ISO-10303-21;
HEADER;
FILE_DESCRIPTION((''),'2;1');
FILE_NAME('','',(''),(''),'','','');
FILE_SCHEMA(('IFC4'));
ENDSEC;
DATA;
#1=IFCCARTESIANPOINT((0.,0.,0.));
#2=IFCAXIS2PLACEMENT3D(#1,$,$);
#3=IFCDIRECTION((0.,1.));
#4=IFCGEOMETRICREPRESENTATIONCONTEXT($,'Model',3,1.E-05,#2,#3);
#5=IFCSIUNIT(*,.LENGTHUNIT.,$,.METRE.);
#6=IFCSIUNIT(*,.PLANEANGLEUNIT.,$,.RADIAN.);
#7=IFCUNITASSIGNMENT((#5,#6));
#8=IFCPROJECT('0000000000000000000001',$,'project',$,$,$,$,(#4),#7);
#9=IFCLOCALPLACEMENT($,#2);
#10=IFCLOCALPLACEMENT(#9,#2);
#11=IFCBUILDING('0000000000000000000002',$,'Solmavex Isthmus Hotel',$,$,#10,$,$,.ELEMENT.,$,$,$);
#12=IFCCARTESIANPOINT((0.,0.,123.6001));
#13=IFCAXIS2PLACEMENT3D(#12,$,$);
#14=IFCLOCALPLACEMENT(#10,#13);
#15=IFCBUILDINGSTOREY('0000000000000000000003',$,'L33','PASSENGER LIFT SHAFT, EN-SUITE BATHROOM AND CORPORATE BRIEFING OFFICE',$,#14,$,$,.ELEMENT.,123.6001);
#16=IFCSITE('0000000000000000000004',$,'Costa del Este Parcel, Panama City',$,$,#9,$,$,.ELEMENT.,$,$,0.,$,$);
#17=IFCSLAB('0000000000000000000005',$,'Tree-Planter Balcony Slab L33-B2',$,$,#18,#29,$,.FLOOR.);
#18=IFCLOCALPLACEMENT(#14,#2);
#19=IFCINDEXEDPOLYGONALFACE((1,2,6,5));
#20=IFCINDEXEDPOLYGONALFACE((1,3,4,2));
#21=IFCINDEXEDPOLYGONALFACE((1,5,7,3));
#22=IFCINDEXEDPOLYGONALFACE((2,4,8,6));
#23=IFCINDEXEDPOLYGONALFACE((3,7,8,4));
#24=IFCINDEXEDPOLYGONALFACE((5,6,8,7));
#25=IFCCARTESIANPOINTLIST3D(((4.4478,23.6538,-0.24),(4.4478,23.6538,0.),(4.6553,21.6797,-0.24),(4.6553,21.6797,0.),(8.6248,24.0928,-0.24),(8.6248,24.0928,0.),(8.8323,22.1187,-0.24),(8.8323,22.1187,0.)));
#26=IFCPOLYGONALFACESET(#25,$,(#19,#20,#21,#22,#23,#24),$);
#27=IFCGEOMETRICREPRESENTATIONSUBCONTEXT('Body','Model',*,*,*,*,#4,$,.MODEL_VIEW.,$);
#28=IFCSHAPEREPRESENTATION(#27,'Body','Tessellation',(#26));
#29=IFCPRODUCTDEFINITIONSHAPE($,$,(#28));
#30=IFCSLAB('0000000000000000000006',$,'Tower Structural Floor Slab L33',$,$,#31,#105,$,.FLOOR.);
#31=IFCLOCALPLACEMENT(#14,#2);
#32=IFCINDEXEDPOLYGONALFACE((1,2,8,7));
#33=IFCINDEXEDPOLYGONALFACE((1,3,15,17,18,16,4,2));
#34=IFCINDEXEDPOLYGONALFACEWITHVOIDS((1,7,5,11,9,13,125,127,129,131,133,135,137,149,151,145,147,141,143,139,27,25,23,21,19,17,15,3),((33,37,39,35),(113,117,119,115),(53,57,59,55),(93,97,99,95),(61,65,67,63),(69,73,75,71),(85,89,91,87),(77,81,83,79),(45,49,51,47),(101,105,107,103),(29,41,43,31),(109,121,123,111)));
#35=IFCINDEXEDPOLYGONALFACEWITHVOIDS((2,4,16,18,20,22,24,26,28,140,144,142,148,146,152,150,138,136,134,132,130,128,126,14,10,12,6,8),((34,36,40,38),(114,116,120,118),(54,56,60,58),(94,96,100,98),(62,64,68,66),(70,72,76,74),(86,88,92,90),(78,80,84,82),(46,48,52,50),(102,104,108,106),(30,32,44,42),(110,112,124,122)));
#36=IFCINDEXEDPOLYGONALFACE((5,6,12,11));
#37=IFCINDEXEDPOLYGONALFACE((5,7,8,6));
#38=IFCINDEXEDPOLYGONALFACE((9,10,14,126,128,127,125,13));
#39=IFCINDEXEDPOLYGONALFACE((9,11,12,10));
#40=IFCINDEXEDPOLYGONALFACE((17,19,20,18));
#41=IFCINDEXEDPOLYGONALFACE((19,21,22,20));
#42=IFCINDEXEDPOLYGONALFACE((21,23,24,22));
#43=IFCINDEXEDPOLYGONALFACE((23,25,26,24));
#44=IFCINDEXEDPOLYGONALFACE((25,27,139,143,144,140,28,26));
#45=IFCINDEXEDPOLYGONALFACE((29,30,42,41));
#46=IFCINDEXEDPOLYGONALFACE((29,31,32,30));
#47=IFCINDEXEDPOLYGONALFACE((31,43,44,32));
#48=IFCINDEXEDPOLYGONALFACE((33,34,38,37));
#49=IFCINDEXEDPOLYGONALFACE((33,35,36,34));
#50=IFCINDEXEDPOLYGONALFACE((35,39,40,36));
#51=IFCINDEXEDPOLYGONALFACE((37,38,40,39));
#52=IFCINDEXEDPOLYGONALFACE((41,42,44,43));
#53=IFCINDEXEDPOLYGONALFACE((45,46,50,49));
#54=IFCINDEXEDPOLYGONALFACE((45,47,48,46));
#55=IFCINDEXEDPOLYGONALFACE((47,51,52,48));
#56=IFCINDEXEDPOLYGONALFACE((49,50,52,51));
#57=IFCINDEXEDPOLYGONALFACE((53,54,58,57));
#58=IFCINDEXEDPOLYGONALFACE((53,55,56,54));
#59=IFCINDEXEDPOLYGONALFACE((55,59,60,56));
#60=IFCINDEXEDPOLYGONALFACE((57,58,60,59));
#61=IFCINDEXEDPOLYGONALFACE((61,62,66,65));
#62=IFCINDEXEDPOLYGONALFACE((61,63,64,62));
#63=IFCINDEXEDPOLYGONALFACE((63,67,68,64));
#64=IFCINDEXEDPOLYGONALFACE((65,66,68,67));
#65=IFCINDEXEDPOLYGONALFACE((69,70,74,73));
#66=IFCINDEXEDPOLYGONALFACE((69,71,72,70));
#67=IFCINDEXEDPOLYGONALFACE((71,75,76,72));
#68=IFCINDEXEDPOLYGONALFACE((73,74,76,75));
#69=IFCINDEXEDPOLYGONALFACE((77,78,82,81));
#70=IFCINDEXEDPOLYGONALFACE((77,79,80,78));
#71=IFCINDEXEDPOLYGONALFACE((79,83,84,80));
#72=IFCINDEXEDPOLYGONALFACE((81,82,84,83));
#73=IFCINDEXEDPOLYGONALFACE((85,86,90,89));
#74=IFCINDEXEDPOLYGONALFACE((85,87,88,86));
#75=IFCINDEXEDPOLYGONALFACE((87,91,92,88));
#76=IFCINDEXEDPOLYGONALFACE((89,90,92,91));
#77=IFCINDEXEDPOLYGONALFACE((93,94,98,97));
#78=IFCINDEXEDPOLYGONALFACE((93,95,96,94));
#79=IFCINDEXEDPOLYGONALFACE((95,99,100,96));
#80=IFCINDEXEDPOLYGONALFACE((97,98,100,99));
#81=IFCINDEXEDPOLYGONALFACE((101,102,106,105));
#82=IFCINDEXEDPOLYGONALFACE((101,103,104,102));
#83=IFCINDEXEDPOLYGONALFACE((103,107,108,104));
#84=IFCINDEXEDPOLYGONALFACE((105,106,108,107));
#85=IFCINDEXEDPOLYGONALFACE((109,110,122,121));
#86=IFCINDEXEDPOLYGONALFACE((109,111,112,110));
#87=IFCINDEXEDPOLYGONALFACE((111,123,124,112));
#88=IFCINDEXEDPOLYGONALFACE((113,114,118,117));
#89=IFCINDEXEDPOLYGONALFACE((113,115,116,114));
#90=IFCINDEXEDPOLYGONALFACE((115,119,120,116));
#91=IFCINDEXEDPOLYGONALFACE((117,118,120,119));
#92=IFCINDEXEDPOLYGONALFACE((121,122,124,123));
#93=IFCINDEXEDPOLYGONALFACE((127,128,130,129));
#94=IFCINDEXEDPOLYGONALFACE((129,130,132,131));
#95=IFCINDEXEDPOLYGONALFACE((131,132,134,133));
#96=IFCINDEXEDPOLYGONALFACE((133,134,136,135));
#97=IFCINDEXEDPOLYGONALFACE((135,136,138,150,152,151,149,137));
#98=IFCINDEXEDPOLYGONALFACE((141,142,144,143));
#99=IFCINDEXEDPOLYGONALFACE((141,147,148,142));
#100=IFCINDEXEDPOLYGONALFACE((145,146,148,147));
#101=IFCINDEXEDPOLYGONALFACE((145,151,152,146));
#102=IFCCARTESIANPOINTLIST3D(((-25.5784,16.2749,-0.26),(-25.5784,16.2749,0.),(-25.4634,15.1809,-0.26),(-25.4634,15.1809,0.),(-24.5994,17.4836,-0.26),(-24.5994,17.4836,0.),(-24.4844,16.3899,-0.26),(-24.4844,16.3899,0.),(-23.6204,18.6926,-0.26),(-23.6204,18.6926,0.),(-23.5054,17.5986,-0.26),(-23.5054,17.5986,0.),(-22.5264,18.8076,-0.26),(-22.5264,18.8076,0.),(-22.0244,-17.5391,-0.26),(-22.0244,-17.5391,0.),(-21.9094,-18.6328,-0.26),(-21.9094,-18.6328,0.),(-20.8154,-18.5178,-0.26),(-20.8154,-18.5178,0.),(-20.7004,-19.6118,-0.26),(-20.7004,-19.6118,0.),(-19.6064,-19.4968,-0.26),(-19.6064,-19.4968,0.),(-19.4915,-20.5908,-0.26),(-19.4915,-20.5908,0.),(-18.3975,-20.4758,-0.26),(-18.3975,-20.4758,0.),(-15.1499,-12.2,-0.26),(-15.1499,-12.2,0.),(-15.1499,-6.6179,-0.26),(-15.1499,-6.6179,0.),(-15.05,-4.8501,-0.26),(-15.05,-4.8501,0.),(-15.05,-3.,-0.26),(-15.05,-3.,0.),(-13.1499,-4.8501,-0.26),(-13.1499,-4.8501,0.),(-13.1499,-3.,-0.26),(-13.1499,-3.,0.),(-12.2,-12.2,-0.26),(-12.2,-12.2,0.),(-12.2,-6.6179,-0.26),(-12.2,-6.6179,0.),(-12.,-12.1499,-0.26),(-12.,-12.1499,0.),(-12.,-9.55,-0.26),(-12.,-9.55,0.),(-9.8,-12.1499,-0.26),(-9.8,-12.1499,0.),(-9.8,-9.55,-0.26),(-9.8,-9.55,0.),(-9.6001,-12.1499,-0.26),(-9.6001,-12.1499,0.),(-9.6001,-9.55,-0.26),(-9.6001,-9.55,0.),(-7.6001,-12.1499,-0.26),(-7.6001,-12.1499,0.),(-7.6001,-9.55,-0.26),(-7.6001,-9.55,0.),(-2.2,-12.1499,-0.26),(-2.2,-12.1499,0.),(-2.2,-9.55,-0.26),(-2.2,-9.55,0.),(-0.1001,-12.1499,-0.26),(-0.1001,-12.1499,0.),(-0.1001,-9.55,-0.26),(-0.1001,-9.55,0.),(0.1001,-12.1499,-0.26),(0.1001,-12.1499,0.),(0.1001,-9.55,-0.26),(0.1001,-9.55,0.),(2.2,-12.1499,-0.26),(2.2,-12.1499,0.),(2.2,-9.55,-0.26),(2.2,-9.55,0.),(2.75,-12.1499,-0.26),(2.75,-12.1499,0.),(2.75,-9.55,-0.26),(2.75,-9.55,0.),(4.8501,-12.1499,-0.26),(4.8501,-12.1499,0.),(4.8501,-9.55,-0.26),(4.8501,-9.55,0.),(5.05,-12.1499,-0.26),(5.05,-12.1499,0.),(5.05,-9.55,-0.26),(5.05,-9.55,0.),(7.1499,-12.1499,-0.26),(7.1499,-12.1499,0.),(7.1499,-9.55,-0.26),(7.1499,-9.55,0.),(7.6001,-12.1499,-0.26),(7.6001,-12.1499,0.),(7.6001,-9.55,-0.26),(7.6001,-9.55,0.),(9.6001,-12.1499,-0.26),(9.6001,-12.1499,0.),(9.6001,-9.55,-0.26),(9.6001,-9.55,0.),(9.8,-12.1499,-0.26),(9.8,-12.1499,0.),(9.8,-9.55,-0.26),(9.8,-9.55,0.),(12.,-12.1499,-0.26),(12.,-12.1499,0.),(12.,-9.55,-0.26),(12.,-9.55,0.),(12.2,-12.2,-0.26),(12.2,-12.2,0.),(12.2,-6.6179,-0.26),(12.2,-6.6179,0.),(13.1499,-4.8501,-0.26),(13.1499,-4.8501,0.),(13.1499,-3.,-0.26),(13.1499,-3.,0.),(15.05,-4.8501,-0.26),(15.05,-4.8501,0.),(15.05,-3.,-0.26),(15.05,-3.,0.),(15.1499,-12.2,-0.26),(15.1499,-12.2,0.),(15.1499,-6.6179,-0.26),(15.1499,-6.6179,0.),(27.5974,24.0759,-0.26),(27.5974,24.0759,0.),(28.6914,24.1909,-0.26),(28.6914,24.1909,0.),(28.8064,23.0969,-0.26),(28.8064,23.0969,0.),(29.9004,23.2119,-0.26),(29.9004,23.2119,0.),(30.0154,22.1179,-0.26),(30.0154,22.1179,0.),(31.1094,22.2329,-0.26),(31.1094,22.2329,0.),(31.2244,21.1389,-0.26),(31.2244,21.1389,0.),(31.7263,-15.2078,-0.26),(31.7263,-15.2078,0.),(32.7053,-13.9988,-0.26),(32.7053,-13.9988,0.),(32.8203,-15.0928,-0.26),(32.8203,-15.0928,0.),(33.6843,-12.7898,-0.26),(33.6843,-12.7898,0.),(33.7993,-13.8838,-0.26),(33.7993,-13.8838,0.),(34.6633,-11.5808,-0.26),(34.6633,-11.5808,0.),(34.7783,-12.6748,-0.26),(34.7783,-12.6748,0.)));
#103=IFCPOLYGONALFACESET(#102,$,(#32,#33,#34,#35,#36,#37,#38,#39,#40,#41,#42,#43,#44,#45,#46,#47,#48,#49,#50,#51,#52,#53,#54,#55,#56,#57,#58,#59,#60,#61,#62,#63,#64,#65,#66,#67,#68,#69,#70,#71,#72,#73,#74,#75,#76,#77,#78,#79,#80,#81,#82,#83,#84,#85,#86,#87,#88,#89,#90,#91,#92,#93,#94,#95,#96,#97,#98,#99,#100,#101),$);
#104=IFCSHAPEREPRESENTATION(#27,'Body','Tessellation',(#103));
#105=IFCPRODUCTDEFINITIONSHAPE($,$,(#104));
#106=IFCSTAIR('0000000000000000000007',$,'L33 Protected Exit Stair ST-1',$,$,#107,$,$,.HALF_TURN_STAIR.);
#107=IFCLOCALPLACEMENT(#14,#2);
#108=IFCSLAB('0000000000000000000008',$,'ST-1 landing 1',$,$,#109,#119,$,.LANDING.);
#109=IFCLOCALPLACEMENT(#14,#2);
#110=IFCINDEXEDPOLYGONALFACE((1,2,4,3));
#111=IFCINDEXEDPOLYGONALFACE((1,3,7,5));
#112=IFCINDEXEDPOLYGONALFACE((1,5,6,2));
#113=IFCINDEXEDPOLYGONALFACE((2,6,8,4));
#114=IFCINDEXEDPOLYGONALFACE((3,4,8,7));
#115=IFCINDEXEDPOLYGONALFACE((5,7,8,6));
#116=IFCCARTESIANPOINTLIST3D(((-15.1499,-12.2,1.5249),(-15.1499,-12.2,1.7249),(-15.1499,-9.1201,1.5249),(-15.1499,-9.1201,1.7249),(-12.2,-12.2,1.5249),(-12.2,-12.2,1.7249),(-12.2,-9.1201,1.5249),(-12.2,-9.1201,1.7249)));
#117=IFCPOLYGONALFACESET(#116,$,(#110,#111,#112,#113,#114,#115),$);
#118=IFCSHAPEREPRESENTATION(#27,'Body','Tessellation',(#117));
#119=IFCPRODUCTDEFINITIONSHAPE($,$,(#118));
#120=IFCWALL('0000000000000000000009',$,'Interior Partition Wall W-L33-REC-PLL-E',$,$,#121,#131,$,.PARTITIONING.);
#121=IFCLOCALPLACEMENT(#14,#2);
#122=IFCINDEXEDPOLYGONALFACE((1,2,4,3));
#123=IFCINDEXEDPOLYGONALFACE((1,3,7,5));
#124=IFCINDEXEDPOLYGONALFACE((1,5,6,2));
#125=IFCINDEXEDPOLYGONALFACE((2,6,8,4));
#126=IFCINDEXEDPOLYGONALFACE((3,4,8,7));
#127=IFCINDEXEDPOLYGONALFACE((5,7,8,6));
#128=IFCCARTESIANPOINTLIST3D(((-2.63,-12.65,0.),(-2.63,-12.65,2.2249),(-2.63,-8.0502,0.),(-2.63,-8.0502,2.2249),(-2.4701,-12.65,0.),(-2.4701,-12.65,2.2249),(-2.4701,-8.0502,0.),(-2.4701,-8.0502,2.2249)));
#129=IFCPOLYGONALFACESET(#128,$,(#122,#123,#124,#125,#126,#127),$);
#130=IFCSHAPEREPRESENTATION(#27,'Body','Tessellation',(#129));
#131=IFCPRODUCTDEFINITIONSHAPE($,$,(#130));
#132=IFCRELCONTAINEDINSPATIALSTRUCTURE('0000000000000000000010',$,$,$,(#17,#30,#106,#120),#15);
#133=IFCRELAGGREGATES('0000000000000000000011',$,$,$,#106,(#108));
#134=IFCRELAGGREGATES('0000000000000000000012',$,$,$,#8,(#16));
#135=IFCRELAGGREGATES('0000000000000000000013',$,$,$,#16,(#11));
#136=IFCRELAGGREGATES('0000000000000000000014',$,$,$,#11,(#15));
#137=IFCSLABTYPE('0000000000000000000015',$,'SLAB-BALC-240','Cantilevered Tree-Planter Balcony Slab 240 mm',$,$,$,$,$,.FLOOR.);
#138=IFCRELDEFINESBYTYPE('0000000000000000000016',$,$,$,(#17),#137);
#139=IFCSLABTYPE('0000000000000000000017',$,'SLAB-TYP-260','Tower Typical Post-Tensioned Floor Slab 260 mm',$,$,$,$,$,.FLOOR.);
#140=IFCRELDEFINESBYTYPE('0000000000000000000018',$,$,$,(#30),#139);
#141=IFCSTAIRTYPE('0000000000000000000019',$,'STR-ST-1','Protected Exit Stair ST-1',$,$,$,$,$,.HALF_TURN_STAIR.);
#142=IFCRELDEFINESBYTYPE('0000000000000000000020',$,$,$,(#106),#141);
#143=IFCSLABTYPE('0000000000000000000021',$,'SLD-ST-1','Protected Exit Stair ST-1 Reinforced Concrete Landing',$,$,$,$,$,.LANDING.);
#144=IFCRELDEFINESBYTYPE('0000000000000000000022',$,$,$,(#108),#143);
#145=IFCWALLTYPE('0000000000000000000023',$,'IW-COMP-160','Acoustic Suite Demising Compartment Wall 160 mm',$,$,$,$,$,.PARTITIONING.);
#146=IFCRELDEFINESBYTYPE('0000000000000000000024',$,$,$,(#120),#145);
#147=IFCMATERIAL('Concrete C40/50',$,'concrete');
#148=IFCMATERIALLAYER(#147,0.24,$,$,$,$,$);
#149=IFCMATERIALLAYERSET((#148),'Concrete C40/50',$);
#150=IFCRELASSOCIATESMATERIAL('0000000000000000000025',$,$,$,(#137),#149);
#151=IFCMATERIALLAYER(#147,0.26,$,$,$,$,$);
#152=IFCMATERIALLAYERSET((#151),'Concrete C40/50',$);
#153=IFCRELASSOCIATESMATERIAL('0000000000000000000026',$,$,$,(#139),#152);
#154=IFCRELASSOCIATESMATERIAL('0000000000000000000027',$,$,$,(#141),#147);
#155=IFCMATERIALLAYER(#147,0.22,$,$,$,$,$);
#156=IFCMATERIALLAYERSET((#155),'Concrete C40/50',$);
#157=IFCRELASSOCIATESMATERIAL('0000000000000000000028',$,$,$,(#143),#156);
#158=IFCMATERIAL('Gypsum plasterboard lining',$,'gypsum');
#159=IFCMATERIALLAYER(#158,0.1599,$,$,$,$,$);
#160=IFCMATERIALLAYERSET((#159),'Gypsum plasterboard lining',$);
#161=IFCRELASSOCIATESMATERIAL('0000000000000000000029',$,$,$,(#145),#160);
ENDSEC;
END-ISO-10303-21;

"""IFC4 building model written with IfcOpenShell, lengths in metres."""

from ifc_helpers import new_model, si_unit, direction, frame, frame_2d, origin, place, context, subcontext, project, spatial, polyline, rectangle, outline, extrude, material, layer, layer_set, type_object, element, aggregate, save


model = new_model("IFC4")

# Units and contexts
model_context = context("Model", 3, precision=1e-05, world=origin(), true_north=direction((0.0, 1.0)))
body_context = subcontext(model_context, "Body", "Model", "MODEL_VIEW")
ifc_project = project(units=[si_unit("LENGTHUNIT", "METRE"), si_unit("PLANEANGLEUNIT", "RADIAN")], contexts=[model_context])

# Site, building, storey
site_placement = place(None, origin())
site = spatial("IfcSite", under=ifc_project, at=site_placement, Name="Costa del Este Parcel, Panama City", CompositionType="ELEMENT", RefElevation=0.0)
building_placement = place(site_placement, origin())
building = spatial("IfcBuilding", under=site, at=building_placement, Name="Solmavex Isthmus Hotel", CompositionType="ELEMENT")
storey_placement = place(building_placement, frame((0.0, 0.0, 123.6001)))
storey = spatial("IfcBuildingStorey", under=building, at=storey_placement, Name="L33", Description="PASSENGER LIFT SHAFT, EN-SUITE BATHROOM AND CORPORATE BRIEFING OFFICE", CompositionType="ELEMENT", Elevation=123.6001)

# Slabs
ifc_material_1 = material(Name="Concrete C40/50", Category="concrete")
ifc_layer_1 = layer(ifc_material_1, 0.24)
ifc_layer_set_1 = layer_set([ifc_layer_1], Name="Concrete C40/50")
slab_type_1 = type_object("IfcSlabType", Name="SLAB-BALC-240", Description="Cantilevered Tree-Planter Balcony Slab 240 mm", PredefinedType="FLOOR", material=ifc_layer_set_1)
slab_1_placement = place(storey_placement, frame((0.0, 0.0, -0.24)))
element("IfcSlab", 1, at=slab_1_placement, inside=storey, type_object=slab_type_1, Name="Tree-Planter Balcony Slab L33-B2", PredefinedType="FLOOR", context=body_context, shape_type="SweptSolid", body=[
    extrude(outline(polyline([(4.6553, 21.6797), (8.8323, 22.1187), (8.6248, 24.0928), (4.4478, 23.6538), (4.6553, 21.6797)])), origin(), (0.0, 0.0, 1.0), 0.24),
])
ifc_layer_2 = layer(ifc_material_1, 0.26)
ifc_layer_set_2 = layer_set([ifc_layer_2], Name="Concrete C40/50")
slab_type_2 = type_object("IfcSlabType", Name="SLAB-TYP-260", Description="Tower Typical Post-Tensioned Floor Slab 260 mm", PredefinedType="FLOOR", material=ifc_layer_set_2)
slab_2_placement = place(storey_placement, frame((0.0, 0.0, -0.26)))
element("IfcSlab", 2, at=slab_2_placement, inside=storey, type_object=slab_type_2, Name="Tower Structural Floor Slab L33", PredefinedType="FLOOR", context=body_context, shape_type="SweptSolid", body=[
    extrude(outline(polyline([(-18.3975, -20.4758), (31.7263, -15.2078), (32.8203, -15.0928), (32.7053, -13.9988), (33.7993, -13.8838), (33.6843, -12.7898), (34.7783, -12.6748), (34.6633, -11.5808), (31.2244, 21.1389), (31.1094, 22.2329), (30.0154, 22.1179), (29.9004, 23.2119), (28.8064, 23.0969), (28.6914, 24.1909), (27.5974, 24.0759), (-22.5264, 18.8076), (-23.6204, 18.6926), (-23.5054, 17.5986), (-24.5994, 17.4836), (-24.4844, 16.3899), (-25.5784, 16.2749), (-25.4634, 15.1809), (-22.0244, -17.5391), (-21.9094, -18.6328), (-20.8154, -18.5178), (-20.7004, -19.6118), (-19.6064, -19.4968), (-19.4915, -20.5908), (-18.3975, -20.4758)]), holes=[polyline([(-15.1499, -6.6179), (-15.1499, -12.2), (-12.2, -12.2), (-12.2, -6.6179), (-15.1499, -6.6179)]), polyline([(12.2, -6.6179), (12.2, -12.2), (15.1499, -12.2), (15.1499, -6.6179), (12.2, -6.6179)]), polyline([(-12.0, -12.1499), (-9.8, -12.1499), (-9.8, -9.55), (-12.0, -9.55), (-12.0, -12.1499)]), polyline([(9.8, -12.1499), (12.0, -12.1499), (12.0, -9.55), (9.8, -9.55), (9.8, -12.1499)]), polyline([(-9.6001, -12.1499), (-7.6001, -12.1499), (-7.6001, -9.55), (-9.6001, -9.55), (-9.6001, -12.1499)]), polyline([(7.6001, -12.1499), (9.6001, -12.1499), (9.6001, -9.55), (7.6001, -9.55), (7.6001, -12.1499)]), polyline([(-2.2, -12.1499), (-0.1001, -12.1499), (-0.1001, -9.55), (-2.2, -9.55), (-2.2, -12.1499)]), polyline([(0.1001, -12.1499), (2.2, -12.1499), (2.2, -9.55), (0.1001, -9.55), (0.1001, -12.1499)]), polyline([(2.75, -12.1499), (4.8501, -12.1499), (4.8501, -9.55), (2.75, -9.55), (2.75, -12.1499)]), polyline([(5.05, -12.1499), (7.1499, -12.1499), (7.1499, -9.55), (5.05, -9.55), (5.05, -12.1499)]), polyline([(-15.05, -4.8501), (-13.1499, -4.8501), (-13.1499, -3.0), (-15.05, -3.0), (-15.05, -4.8501)]), polyline([(13.1499, -4.8501), (15.05, -4.8501), (15.05, -3.0), (13.1499, -3.0), (13.1499, -4.8501)])]), origin(), (0.0, 0.0, 1.0), 0.26),
])

# Stair, slab
stair_type = type_object("IfcStairType", Name="STR-ST-1", Description="Protected Exit Stair ST-1", PredefinedType="HALF_TURN_STAIR", material=ifc_material_1)
stair_placement = place(storey_placement, origin())
stair = element("IfcStair", 3, at=stair_placement, inside=storey, type_object=stair_type, Name="L33 Protected Exit Stair ST-1", PredefinedType="HALF_TURN_STAIR")
ifc_layer_3 = layer(ifc_material_1, 0.22)
ifc_layer_set_3 = layer_set([ifc_layer_3], Name="Concrete C40/50")
slab_type_3 = type_object("IfcSlabType", Name="SLD-ST-1", Description="Protected Exit Stair ST-1 Reinforced Concrete Landing", PredefinedType="LANDING", material=ifc_layer_set_3)
slab_3_placement = place(storey_placement, frame((0.0, 0.0, 1.5249)))
slab_3 = element("IfcSlab", 4, at=slab_3_placement, type_object=slab_type_3, Name="ST-1 landing 1", PredefinedType="LANDING", context=body_context, shape_type="SweptSolid", body=[
    extrude(outline(polyline([(-15.1499, -9.1201), (-15.1499, -12.2), (-12.2, -12.2), (-12.2, -9.1201), (-15.1499, -9.1201)])), origin(), (0.0, 0.0, 1.0), 0.2),
])
aggregate(stair, [slab_3])

# Shared definitions
ifc_material_2 = material(Name="Gypsum plasterboard lining", Category="gypsum")
ifc_layer_4 = layer(ifc_material_2, 0.1599)
ifc_layer_set_4 = layer_set([ifc_layer_4], Name="Gypsum plasterboard lining")
wall_type_1 = type_object("IfcWallType", Name="IW-COMP-160", Description="Acoustic Suite Demising Compartment Wall 160 mm", PredefinedType="PARTITIONING", material=ifc_layer_set_4)

# Wall
wall_1_placement = place(storey_placement, frame((-2.55, -12.6499, 0.0), z_axis=(0.0, 0.0, 1.0), x_axis=(0.0, 1.0, 0.0)))
element("IfcWall", 5, at=wall_1_placement, inside=storey, type_object=wall_type_1, Name="Interior Partition Wall W-L33-REC-PLL-E", PredefinedType="PARTITIONING", context=body_context, shape_type="SweptSolid", body=[
    extrude(rectangle(XDim=4.5999, YDim=0.1599, at=frame_2d((2.2998, 0.0))), origin(), (0.0, 0.0, 1.0), 2.2249),
])

save(model, "model.ifc")
